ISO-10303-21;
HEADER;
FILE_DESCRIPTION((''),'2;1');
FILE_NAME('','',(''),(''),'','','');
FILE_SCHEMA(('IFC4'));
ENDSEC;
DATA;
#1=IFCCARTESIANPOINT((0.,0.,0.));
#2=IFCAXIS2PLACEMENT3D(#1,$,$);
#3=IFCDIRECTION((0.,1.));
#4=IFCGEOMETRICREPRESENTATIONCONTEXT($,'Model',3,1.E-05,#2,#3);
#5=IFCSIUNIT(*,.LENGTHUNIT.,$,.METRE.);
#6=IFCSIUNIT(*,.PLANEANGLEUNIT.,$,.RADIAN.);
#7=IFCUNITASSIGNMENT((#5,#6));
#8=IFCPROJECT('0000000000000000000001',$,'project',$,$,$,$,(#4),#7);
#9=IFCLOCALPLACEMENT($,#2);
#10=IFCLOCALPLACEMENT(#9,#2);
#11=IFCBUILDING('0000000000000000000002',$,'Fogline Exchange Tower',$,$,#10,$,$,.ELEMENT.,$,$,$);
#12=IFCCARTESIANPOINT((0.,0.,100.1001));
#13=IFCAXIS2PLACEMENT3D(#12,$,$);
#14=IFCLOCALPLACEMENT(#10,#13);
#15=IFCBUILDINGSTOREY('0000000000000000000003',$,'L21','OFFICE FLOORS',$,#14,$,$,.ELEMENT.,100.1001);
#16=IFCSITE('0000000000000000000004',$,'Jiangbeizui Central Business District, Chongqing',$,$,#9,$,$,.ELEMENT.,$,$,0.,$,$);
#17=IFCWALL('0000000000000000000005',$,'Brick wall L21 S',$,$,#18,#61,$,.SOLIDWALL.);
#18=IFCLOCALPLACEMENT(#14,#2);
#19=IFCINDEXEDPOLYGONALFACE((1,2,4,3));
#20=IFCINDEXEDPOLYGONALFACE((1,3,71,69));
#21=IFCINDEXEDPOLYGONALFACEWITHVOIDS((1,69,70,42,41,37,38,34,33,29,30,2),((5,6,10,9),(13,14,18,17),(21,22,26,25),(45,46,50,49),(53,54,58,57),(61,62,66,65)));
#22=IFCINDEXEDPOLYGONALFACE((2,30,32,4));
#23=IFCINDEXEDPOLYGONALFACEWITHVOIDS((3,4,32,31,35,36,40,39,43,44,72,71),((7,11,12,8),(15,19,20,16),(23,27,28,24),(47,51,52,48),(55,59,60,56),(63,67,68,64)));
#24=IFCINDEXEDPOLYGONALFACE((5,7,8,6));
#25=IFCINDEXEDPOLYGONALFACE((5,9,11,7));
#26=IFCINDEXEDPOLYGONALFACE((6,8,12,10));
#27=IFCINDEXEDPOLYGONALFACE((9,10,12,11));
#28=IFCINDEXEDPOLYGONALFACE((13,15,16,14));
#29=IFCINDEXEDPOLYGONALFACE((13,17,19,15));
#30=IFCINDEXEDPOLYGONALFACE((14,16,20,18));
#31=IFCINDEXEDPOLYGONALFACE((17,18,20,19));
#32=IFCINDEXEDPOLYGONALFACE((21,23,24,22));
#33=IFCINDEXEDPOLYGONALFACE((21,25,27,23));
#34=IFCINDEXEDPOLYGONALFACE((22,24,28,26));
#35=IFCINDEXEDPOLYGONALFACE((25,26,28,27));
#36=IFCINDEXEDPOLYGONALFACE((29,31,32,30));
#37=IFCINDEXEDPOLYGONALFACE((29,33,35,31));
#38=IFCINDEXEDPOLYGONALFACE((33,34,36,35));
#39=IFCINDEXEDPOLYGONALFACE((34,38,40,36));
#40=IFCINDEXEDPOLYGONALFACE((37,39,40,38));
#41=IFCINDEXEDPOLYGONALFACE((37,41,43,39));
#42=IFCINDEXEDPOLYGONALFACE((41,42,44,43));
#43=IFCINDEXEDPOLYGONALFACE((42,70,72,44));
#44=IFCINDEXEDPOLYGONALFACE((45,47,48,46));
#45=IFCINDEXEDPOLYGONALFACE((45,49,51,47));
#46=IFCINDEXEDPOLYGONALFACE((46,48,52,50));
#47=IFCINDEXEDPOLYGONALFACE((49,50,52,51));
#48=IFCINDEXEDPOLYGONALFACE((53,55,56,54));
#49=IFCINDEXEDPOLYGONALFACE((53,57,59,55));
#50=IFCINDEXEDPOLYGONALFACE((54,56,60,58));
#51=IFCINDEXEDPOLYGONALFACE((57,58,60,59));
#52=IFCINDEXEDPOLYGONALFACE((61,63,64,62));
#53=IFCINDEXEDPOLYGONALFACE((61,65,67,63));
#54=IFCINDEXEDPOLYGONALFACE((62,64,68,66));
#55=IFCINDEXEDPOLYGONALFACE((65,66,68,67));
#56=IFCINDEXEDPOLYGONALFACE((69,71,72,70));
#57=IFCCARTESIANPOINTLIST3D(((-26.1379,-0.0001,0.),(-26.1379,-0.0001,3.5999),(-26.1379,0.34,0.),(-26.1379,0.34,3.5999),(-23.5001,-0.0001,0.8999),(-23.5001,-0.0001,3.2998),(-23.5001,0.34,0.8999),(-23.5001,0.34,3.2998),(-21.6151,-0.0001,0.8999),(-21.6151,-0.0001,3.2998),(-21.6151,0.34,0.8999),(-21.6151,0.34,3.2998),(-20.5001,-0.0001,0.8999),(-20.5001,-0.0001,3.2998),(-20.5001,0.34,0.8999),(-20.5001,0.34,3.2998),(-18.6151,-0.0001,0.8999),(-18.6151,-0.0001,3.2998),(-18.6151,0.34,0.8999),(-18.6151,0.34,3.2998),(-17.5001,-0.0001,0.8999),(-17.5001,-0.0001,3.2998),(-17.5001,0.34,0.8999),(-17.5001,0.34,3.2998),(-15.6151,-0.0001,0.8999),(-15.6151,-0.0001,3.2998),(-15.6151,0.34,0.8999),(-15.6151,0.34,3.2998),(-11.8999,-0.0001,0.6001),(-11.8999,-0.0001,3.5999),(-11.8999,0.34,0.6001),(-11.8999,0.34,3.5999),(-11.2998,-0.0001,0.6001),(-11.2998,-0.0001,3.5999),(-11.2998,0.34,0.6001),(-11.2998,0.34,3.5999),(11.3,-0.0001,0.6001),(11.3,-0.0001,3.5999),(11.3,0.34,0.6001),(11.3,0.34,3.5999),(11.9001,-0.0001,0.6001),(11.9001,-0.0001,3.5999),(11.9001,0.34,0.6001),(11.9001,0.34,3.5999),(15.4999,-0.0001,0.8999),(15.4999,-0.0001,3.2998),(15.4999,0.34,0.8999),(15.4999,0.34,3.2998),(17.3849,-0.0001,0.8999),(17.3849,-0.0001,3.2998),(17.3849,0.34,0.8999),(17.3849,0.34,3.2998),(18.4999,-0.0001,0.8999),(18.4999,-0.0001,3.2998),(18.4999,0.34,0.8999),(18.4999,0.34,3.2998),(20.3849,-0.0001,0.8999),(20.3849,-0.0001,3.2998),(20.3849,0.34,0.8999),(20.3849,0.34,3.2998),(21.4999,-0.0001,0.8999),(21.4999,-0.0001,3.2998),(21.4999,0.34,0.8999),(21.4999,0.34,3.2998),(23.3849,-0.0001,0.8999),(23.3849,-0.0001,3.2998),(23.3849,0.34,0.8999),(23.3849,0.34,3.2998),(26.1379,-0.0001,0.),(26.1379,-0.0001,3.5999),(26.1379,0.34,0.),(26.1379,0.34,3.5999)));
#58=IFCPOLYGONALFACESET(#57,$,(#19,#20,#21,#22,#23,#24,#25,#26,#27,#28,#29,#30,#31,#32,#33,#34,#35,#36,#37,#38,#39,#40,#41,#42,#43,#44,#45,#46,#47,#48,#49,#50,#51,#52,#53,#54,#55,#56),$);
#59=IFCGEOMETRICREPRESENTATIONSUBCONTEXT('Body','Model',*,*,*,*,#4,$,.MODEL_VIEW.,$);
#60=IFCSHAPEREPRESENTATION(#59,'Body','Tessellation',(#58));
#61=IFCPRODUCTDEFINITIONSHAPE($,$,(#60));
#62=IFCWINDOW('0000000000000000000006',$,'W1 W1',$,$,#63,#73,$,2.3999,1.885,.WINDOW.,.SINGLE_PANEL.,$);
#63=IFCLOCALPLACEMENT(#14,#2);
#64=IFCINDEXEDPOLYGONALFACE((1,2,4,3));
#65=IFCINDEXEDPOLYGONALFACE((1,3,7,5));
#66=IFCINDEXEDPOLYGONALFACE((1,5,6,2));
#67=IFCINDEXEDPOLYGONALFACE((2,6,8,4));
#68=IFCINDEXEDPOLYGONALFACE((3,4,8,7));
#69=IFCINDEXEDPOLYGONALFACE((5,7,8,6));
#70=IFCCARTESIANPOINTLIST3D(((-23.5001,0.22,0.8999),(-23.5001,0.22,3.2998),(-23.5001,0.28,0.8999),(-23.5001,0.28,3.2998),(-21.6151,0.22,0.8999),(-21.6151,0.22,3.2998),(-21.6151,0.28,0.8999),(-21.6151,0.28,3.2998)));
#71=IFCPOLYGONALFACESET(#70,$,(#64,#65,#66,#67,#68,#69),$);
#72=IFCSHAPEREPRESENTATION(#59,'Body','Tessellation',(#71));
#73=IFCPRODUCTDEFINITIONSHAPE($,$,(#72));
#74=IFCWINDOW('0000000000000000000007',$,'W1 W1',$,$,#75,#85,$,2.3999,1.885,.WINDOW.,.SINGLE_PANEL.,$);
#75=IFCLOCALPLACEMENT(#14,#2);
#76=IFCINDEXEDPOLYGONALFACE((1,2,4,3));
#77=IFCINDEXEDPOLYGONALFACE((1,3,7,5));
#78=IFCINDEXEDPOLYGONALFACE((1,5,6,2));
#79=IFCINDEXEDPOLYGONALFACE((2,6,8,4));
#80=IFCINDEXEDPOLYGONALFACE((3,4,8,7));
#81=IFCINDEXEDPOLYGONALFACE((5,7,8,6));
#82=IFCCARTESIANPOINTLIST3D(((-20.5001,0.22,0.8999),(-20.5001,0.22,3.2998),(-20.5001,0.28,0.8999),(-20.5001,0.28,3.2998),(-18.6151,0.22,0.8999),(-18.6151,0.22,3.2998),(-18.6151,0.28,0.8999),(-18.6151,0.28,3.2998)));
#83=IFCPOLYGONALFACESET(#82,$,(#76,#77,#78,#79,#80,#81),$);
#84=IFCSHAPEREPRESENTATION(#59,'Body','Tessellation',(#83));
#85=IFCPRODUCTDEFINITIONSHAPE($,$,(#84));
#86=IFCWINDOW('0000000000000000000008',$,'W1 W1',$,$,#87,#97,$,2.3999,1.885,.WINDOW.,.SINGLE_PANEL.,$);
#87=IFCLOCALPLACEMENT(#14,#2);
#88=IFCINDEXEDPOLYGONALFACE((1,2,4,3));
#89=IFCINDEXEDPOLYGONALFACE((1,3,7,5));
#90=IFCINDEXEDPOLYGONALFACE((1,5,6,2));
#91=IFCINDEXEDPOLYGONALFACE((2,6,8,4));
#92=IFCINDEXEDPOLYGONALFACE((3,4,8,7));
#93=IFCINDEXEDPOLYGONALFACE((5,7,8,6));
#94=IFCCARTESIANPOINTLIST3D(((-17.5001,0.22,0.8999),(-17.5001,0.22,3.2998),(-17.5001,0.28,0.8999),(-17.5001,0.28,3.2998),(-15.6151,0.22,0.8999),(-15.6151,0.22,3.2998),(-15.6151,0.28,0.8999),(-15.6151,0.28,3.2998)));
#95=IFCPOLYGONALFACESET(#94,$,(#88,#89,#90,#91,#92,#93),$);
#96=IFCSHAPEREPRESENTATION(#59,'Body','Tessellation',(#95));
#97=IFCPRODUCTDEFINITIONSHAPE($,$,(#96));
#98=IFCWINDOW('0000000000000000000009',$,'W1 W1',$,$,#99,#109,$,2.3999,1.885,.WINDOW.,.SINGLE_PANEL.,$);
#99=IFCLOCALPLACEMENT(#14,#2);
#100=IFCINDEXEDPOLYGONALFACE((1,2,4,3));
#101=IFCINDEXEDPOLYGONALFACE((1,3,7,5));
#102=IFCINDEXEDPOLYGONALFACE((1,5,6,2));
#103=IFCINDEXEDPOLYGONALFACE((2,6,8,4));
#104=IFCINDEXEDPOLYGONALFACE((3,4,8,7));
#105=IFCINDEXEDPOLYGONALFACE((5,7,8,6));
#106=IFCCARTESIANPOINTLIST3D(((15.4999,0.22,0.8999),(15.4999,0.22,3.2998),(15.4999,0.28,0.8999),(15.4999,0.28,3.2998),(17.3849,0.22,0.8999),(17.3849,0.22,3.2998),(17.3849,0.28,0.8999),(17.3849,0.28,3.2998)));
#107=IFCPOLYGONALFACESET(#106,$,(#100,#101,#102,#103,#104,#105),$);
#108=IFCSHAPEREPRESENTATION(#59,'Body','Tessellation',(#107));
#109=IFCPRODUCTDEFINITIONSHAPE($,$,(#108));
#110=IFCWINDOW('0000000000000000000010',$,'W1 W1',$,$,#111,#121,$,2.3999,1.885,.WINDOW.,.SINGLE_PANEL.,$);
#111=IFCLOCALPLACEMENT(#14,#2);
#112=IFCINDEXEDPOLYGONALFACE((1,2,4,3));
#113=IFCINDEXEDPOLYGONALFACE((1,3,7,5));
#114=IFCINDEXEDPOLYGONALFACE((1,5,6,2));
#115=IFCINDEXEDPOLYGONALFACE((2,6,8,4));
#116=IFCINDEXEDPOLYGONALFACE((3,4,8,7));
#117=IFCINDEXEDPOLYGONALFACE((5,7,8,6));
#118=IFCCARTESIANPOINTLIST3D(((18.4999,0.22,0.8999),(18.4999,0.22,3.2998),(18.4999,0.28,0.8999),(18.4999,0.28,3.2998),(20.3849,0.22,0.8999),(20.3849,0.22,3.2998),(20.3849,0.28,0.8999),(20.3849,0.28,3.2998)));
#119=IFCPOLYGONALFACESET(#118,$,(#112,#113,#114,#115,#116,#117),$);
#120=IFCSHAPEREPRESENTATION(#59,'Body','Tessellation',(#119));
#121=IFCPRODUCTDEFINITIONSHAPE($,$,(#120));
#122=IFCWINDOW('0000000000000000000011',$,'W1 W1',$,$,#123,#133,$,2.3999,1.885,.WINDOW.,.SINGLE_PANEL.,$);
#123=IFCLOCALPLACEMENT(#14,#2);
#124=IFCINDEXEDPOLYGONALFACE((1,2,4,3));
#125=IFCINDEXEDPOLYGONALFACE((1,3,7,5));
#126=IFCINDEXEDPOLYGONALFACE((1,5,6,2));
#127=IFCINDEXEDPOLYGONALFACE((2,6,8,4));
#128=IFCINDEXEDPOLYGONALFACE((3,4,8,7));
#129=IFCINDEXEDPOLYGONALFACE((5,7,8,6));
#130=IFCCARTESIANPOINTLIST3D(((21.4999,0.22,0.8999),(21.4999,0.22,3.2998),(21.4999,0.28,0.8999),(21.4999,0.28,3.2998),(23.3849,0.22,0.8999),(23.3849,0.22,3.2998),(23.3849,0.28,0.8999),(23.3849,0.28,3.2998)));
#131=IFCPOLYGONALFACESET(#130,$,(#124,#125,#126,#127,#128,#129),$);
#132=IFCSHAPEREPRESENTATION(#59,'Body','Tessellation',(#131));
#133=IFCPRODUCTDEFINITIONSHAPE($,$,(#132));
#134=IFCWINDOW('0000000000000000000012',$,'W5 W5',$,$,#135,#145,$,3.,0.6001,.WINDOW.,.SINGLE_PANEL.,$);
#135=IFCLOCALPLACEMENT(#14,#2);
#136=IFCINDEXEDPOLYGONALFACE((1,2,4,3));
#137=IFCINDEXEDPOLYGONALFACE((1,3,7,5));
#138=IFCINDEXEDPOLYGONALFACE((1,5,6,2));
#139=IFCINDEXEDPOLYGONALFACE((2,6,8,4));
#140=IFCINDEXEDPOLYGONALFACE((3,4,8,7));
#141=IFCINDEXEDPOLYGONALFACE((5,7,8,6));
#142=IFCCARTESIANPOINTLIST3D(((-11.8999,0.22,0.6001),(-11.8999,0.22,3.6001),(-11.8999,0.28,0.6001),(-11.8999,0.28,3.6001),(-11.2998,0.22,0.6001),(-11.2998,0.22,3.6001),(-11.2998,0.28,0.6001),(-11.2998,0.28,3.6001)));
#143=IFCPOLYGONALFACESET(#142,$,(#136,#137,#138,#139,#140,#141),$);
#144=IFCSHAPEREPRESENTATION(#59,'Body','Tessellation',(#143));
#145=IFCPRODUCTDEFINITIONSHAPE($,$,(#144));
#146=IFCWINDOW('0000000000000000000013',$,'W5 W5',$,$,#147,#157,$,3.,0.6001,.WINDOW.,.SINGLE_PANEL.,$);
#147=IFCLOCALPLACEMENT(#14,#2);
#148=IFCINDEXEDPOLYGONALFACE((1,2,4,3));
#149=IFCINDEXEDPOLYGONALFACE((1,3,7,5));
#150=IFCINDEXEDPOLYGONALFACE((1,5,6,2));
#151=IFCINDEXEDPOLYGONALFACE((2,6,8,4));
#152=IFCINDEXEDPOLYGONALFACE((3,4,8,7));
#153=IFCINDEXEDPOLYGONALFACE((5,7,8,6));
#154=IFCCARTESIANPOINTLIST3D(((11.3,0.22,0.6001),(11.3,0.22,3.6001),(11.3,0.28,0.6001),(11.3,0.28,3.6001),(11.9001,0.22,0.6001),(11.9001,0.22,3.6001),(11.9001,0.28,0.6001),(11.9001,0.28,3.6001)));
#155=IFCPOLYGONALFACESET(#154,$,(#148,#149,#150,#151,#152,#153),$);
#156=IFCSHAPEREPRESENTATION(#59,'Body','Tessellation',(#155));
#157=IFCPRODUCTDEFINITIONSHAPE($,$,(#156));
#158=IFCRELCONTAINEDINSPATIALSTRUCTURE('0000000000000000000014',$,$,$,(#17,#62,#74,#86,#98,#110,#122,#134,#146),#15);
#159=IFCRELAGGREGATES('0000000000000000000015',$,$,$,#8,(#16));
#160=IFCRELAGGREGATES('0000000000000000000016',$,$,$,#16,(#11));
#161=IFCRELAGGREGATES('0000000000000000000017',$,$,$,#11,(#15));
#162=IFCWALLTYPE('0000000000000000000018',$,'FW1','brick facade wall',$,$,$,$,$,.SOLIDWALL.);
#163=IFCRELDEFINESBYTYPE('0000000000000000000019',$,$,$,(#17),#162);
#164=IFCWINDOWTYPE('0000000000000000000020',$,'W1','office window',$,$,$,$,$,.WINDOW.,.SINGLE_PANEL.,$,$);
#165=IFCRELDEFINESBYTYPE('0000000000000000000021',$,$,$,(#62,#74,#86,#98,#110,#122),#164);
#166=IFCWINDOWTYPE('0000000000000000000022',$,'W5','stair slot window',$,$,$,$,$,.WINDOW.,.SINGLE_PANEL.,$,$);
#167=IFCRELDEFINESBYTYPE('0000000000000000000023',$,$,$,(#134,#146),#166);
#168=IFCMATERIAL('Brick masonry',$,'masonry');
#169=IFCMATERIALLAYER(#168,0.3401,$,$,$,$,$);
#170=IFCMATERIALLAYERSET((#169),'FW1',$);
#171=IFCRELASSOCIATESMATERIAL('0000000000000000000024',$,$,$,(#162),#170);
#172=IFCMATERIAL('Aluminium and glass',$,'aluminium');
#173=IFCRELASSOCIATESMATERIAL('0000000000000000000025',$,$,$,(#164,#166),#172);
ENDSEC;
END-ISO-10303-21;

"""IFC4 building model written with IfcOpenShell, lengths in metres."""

from ifc_helpers import new_model, si_unit, direction, frame, frame_2d, origin, place, context, subcontext, project, spatial, rectangle, extrude, material, layer, layer_set, type_object, element, fill, save


model = new_model("IFC4")

# Units and contexts
model_context = context("Model", 3, precision=1e-05, world=origin(), true_north=direction((0.0, 1.0)))
body_context = subcontext(model_context, "Body", "Model", "MODEL_VIEW")
ifc_project = project(units=[si_unit("LENGTHUNIT", "METRE"), si_unit("PLANEANGLEUNIT", "RADIAN")], contexts=[model_context])

# Site, building, storey
site_placement = place(None, origin())
site = spatial("IfcSite", under=ifc_project, at=site_placement, Name="Jiangbeizui Central Business District, Chongqing", CompositionType="ELEMENT", RefElevation=0.0)
building_placement = place(site_placement, origin())
building = spatial("IfcBuilding", under=site, at=building_placement, Name="Fogline Exchange Tower", CompositionType="ELEMENT")
storey_placement = place(building_placement, frame((0.0, 0.0, 100.1001)))
storey = spatial("IfcBuildingStorey", under=building, at=storey_placement, Name="L21", Description="OFFICE FLOORS", CompositionType="ELEMENT", Elevation=100.1001)

# Shared definitions
ifc_material_1 = material(Name="Brick masonry", Category="masonry")
ifc_layer = layer(ifc_material_1, 0.3401)
ifc_layer_set = layer_set([ifc_layer], Name="FW1")
wall_type = type_object("IfcWallType", Name="FW1", Description="brick facade wall", PredefinedType="SOLIDWALL", material=ifc_layer_set)
ifc_material_2 = material(Name="Aluminium and glass", Category="aluminium")

# Wall, openings, windows
wall_1_placement = place(storey_placement, frame((-26.1379, 0.1699, 0.0), z_axis=(0.0, 0.0, 1.0), x_axis=(1.0, 0.0, 0.0)))
wall_1 = element("IfcWall", 1, at=wall_1_placement, inside=storey, type_object=wall_type, Name="Brick wall L21 S", PredefinedType="SOLIDWALL", context=body_context, shape_type="SweptSolid", body=[
    extrude(rectangle(XDim=52.2759, YDim=0.3401, at=frame_2d((26.1379, 0.0))), origin(), (0.0, 0.0, 1.0), 3.5999),
])
opening_1_placement = place(wall_1_placement, frame((2.6379, 0.0, 0.8999)))
opening_1 = element("IfcOpeningElement", 2, at=opening_1_placement, cuts=wall_1, PredefinedType="OPENING", context=body_context, shape_type="SweptSolid", body=[
    extrude(rectangle(XDim=1.885, YDim=2.3999, at=frame_2d((0.9424, 1.2))), frame((0.0, 0.1802, 0.0), z_axis=(0.0, -1.0, 0.0), x_axis=(1.0, 0.0, 0.0)), (0.0, 0.0, 1.0), 0.3601),
])
opening_2_placement = place(wall_1_placement, frame((5.6379, 0.0, 0.8999)))
opening_2 = element("IfcOpeningElement", 3, at=opening_2_placement, cuts=wall_1, PredefinedType="OPENING", context=body_context, shape_type="SweptSolid", body=[
    extrude(rectangle(XDim=1.885, YDim=2.3999, at=frame_2d((0.9424, 1.2))), frame((0.0, 0.1802, 0.0), z_axis=(0.0, -1.0, 0.0), x_axis=(1.0, 0.0, 0.0)), (0.0, 0.0, 1.0), 0.3601),
])
opening_3_placement = place(wall_1_placement, frame((8.6379, 0.0, 0.8999)))
opening_3 = element("IfcOpeningElement", 4, at=opening_3_placement, cuts=wall_1, PredefinedType="OPENING", context=body_context, shape_type="SweptSolid", body=[
    extrude(rectangle(XDim=1.885, YDim=2.3999, at=frame_2d((0.9424, 1.2))), frame((0.0, 0.1802, 0.0), z_axis=(0.0, -1.0, 0.0), x_axis=(1.0, 0.0, 0.0)), (0.0, 0.0, 1.0), 0.3601),
])
opening_4_placement = place(wall_1_placement, frame((41.6379, 0.0, 0.8999)))
opening_4 = element("IfcOpeningElement", 5, at=opening_4_placement, cuts=wall_1, PredefinedType="OPENING", context=body_context, shape_type="SweptSolid", body=[
    extrude(rectangle(XDim=1.885, YDim=2.3999, at=frame_2d((0.9424, 1.2))), frame((0.0, 0.1802, 0.0), z_axis=(0.0, -1.0, 0.0), x_axis=(1.0, 0.0, 0.0)), (0.0, 0.0, 1.0), 0.3601),
])
opening_5_placement = place(wall_1_placement, frame((44.6379, 0.0, 0.8999)))
opening_5 = element("IfcOpeningElement", 6, at=opening_5_placement, cuts=wall_1, PredefinedType="OPENING", context=body_context, shape_type="SweptSolid", body=[
    extrude(rectangle(XDim=1.885, YDim=2.3999, at=frame_2d((0.9424, 1.2))), frame((0.0, 0.1802, 0.0), z_axis=(0.0, -1.0, 0.0), x_axis=(1.0, 0.0, 0.0)), (0.0, 0.0, 1.0), 0.3601),
])
opening_6_placement = place(wall_1_placement, frame((47.6379, 0.0, 0.8999)))
opening_6 = element("IfcOpeningElement", 7, at=opening_6_placement, cuts=wall_1, PredefinedType="OPENING", context=body_context, shape_type="SweptSolid", body=[
    extrude(rectangle(XDim=1.885, YDim=2.3999, at=frame_2d((0.9424, 1.2))), frame((0.0, 0.1802, 0.0), z_axis=(0.0, -1.0, 0.0), x_axis=(1.0, 0.0, 0.0)), (0.0, 0.0, 1.0), 0.3601),
])
opening_7_placement = place(wall_1_placement, frame((14.238, 0.0, 0.6001)))
opening_7 = element("IfcOpeningElement", 8, at=opening_7_placement, cuts=wall_1, PredefinedType="OPENING", context=body_context, shape_type="SweptSolid", body=[
    extrude(rectangle(XDim=0.6001, YDim=3.0, at=frame_2d((0.3, 1.5))), frame((0.0, 0.1802, 0.0), z_axis=(0.0, -1.0, 0.0), x_axis=(1.0, 0.0, 0.0)), (0.0, 0.0, 1.0), 0.3601),
])
opening_8_placement = place(wall_1_placement, frame((37.438, 0.0, 0.6001)))
opening_8 = element("IfcOpeningElement", 9, at=opening_8_placement, cuts=wall_1, PredefinedType="OPENING", context=body_context, shape_type="SweptSolid", body=[
    extrude(rectangle(XDim=0.6001, YDim=3.0, at=frame_2d((0.3, 1.5))), frame((0.0, 0.1802, 0.0), z_axis=(0.0, -1.0, 0.0), x_axis=(1.0, 0.0, 0.0)), (0.0, 0.0, 1.0), 0.3601),
])
window_type_1 = type_object("IfcWindowType", Name="W1", Description="office window", PartitioningType="SINGLE_PANEL", PredefinedType="WINDOW", material=ifc_material_2)
window_1_placement = place(opening_1_placement, origin())
window_1 = element("IfcWindow", 10, at=window_1_placement, inside=storey, type_object=window_type_1, Name="W1 W1", OverallHeight=2.3999, OverallWidth=1.885, PartitioningType="SINGLE_PANEL", PredefinedType="WINDOW", context=body_context, shape_type="SweptSolid", body=[
    extrude(rectangle(XDim=1.885, YDim=2.3999, at=frame_2d((0.9424, 1.2))), frame((0.0, 0.1101, 0.0), z_axis=(0.0, -1.0, 0.0), x_axis=(1.0, 0.0, 0.0)), (0.0, 0.0, 1.0), 0.0601),
])
fill(opening_1, window_1)
window_2_placement = place(opening_2_placement, origin())
window_2 = element("IfcWindow", 11, at=window_2_placement, inside=storey, type_object=window_type_1, Name="W1 W1", OverallHeight=2.3999, OverallWidth=1.885, PartitioningType="SINGLE_PANEL", PredefinedType="WINDOW", context=body_context, shape_type="SweptSolid", body=[
    extrude(rectangle(XDim=1.885, YDim=2.3999, at=frame_2d((0.9424, 1.2))), frame((0.0, 0.1101, 0.0), z_axis=(0.0, -1.0, 0.0), x_axis=(1.0, 0.0, 0.0)), (0.0, 0.0, 1.0), 0.0601),
])
fill(opening_2, window_2)
window_3_placement = place(opening_3_placement, origin())
window_3 = element("IfcWindow", 12, at=window_3_placement, inside=storey, type_object=window_type_1, Name="W1 W1", OverallHeight=2.3999, OverallWidth=1.885, PartitioningType="SINGLE_PANEL", PredefinedType="WINDOW", context=body_context, shape_type="SweptSolid", body=[
    extrude(rectangle(XDim=1.885, YDim=2.3999, at=frame_2d((0.9424, 1.2))), frame((0.0, 0.1101, 0.0), z_axis=(0.0, -1.0, 0.0), x_axis=(1.0, 0.0, 0.0)), (0.0, 0.0, 1.0), 0.0601),
])
fill(opening_3, window_3)
window_4_placement = place(opening_4_placement, origin())
window_4 = element("IfcWindow", 13, at=window_4_placement, inside=storey, type_object=window_type_1, Name="W1 W1", OverallHeight=2.3999, OverallWidth=1.885, PartitioningType="SINGLE_PANEL", PredefinedType="WINDOW", context=body_context, shape_type="SweptSolid", body=[
    extrude(rectangle(XDim=1.885, YDim=2.3999, at=frame_2d((0.9424, 1.2))), frame((0.0, 0.1101, 0.0), z_axis=(0.0, -1.0, 0.0), x_axis=(1.0, 0.0, 0.0)), (0.0, 0.0, 1.0), 0.0601),
])
fill(opening_4, window_4)
window_5_placement = place(opening_5_placement, origin())
window_5 = element("IfcWindow", 14, at=window_5_placement, inside=storey, type_object=window_type_1, Name="W1 W1", OverallHeight=2.3999, OverallWidth=1.885, PartitioningType="SINGLE_PANEL", PredefinedType="WINDOW", context=body_context, shape_type="SweptSolid", body=[
    extrude(rectangle(XDim=1.885, YDim=2.3999, at=frame_2d((0.9424, 1.2))), frame((0.0, 0.1101, 0.0), z_axis=(0.0, -1.0, 0.0), x_axis=(1.0, 0.0, 0.0)), (0.0, 0.0, 1.0), 0.0601),
])
fill(opening_5, window_5)
window_6_placement = place(opening_6_placement, origin())
window_6 = element("IfcWindow", 15, at=window_6_placement, inside=storey, type_object=window_type_1, Name="W1 W1", OverallHeight=2.3999, OverallWidth=1.885, PartitioningType="SINGLE_PANEL", PredefinedType="WINDOW", context=body_context, shape_type="SweptSolid", body=[
    extrude(rectangle(XDim=1.885, YDim=2.3999, at=frame_2d((0.9424, 1.2))), frame((0.0, 0.1101, 0.0), z_axis=(0.0, -1.0, 0.0), x_axis=(1.0, 0.0, 0.0)), (0.0, 0.0, 1.0), 0.0601),
])
fill(opening_6, window_6)
window_type_2 = type_object("IfcWindowType", Name="W5", Description="stair slot window", PartitioningType="SINGLE_PANEL", PredefinedType="WINDOW", material=ifc_material_2)
window_7_placement = place(opening_7_placement, origin())
window_7 = element("IfcWindow", 16, at=window_7_placement, inside=storey, type_object=window_type_2, Name="W5 W5", OverallHeight=3.0, OverallWidth=0.6001, PartitioningType="SINGLE_PANEL", PredefinedType="WINDOW", context=body_context, shape_type="SweptSolid", body=[
    extrude(rectangle(XDim=0.6001, YDim=3.0, at=frame_2d((0.3, 1.5))), frame((0.0, 0.1101, 0.0), z_axis=(0.0, -1.0, 0.0), x_axis=(1.0, 0.0, 0.0)), (0.0, 0.0, 1.0), 0.0601),
])
fill(opening_7, window_7)
window_8_placement = place(opening_8_placement, origin())
window_8 = element("IfcWindow", 17, at=window_8_placement, inside=storey, type_object=window_type_2, Name="W5 W5", OverallHeight=3.0, OverallWidth=0.6001, PartitioningType="SINGLE_PANEL", PredefinedType="WINDOW", context=body_context, shape_type="SweptSolid", body=[
    extrude(rectangle(XDim=0.6001, YDim=3.0, at=frame_2d((0.3, 1.5))), frame((0.0, 0.1101, 0.0), z_axis=(0.0, -1.0, 0.0), x_axis=(1.0, 0.0, 0.0)), (0.0, 0.0, 1.0), 0.0601),
])
fill(opening_8, window_8)

save(model, "model.ifc")
